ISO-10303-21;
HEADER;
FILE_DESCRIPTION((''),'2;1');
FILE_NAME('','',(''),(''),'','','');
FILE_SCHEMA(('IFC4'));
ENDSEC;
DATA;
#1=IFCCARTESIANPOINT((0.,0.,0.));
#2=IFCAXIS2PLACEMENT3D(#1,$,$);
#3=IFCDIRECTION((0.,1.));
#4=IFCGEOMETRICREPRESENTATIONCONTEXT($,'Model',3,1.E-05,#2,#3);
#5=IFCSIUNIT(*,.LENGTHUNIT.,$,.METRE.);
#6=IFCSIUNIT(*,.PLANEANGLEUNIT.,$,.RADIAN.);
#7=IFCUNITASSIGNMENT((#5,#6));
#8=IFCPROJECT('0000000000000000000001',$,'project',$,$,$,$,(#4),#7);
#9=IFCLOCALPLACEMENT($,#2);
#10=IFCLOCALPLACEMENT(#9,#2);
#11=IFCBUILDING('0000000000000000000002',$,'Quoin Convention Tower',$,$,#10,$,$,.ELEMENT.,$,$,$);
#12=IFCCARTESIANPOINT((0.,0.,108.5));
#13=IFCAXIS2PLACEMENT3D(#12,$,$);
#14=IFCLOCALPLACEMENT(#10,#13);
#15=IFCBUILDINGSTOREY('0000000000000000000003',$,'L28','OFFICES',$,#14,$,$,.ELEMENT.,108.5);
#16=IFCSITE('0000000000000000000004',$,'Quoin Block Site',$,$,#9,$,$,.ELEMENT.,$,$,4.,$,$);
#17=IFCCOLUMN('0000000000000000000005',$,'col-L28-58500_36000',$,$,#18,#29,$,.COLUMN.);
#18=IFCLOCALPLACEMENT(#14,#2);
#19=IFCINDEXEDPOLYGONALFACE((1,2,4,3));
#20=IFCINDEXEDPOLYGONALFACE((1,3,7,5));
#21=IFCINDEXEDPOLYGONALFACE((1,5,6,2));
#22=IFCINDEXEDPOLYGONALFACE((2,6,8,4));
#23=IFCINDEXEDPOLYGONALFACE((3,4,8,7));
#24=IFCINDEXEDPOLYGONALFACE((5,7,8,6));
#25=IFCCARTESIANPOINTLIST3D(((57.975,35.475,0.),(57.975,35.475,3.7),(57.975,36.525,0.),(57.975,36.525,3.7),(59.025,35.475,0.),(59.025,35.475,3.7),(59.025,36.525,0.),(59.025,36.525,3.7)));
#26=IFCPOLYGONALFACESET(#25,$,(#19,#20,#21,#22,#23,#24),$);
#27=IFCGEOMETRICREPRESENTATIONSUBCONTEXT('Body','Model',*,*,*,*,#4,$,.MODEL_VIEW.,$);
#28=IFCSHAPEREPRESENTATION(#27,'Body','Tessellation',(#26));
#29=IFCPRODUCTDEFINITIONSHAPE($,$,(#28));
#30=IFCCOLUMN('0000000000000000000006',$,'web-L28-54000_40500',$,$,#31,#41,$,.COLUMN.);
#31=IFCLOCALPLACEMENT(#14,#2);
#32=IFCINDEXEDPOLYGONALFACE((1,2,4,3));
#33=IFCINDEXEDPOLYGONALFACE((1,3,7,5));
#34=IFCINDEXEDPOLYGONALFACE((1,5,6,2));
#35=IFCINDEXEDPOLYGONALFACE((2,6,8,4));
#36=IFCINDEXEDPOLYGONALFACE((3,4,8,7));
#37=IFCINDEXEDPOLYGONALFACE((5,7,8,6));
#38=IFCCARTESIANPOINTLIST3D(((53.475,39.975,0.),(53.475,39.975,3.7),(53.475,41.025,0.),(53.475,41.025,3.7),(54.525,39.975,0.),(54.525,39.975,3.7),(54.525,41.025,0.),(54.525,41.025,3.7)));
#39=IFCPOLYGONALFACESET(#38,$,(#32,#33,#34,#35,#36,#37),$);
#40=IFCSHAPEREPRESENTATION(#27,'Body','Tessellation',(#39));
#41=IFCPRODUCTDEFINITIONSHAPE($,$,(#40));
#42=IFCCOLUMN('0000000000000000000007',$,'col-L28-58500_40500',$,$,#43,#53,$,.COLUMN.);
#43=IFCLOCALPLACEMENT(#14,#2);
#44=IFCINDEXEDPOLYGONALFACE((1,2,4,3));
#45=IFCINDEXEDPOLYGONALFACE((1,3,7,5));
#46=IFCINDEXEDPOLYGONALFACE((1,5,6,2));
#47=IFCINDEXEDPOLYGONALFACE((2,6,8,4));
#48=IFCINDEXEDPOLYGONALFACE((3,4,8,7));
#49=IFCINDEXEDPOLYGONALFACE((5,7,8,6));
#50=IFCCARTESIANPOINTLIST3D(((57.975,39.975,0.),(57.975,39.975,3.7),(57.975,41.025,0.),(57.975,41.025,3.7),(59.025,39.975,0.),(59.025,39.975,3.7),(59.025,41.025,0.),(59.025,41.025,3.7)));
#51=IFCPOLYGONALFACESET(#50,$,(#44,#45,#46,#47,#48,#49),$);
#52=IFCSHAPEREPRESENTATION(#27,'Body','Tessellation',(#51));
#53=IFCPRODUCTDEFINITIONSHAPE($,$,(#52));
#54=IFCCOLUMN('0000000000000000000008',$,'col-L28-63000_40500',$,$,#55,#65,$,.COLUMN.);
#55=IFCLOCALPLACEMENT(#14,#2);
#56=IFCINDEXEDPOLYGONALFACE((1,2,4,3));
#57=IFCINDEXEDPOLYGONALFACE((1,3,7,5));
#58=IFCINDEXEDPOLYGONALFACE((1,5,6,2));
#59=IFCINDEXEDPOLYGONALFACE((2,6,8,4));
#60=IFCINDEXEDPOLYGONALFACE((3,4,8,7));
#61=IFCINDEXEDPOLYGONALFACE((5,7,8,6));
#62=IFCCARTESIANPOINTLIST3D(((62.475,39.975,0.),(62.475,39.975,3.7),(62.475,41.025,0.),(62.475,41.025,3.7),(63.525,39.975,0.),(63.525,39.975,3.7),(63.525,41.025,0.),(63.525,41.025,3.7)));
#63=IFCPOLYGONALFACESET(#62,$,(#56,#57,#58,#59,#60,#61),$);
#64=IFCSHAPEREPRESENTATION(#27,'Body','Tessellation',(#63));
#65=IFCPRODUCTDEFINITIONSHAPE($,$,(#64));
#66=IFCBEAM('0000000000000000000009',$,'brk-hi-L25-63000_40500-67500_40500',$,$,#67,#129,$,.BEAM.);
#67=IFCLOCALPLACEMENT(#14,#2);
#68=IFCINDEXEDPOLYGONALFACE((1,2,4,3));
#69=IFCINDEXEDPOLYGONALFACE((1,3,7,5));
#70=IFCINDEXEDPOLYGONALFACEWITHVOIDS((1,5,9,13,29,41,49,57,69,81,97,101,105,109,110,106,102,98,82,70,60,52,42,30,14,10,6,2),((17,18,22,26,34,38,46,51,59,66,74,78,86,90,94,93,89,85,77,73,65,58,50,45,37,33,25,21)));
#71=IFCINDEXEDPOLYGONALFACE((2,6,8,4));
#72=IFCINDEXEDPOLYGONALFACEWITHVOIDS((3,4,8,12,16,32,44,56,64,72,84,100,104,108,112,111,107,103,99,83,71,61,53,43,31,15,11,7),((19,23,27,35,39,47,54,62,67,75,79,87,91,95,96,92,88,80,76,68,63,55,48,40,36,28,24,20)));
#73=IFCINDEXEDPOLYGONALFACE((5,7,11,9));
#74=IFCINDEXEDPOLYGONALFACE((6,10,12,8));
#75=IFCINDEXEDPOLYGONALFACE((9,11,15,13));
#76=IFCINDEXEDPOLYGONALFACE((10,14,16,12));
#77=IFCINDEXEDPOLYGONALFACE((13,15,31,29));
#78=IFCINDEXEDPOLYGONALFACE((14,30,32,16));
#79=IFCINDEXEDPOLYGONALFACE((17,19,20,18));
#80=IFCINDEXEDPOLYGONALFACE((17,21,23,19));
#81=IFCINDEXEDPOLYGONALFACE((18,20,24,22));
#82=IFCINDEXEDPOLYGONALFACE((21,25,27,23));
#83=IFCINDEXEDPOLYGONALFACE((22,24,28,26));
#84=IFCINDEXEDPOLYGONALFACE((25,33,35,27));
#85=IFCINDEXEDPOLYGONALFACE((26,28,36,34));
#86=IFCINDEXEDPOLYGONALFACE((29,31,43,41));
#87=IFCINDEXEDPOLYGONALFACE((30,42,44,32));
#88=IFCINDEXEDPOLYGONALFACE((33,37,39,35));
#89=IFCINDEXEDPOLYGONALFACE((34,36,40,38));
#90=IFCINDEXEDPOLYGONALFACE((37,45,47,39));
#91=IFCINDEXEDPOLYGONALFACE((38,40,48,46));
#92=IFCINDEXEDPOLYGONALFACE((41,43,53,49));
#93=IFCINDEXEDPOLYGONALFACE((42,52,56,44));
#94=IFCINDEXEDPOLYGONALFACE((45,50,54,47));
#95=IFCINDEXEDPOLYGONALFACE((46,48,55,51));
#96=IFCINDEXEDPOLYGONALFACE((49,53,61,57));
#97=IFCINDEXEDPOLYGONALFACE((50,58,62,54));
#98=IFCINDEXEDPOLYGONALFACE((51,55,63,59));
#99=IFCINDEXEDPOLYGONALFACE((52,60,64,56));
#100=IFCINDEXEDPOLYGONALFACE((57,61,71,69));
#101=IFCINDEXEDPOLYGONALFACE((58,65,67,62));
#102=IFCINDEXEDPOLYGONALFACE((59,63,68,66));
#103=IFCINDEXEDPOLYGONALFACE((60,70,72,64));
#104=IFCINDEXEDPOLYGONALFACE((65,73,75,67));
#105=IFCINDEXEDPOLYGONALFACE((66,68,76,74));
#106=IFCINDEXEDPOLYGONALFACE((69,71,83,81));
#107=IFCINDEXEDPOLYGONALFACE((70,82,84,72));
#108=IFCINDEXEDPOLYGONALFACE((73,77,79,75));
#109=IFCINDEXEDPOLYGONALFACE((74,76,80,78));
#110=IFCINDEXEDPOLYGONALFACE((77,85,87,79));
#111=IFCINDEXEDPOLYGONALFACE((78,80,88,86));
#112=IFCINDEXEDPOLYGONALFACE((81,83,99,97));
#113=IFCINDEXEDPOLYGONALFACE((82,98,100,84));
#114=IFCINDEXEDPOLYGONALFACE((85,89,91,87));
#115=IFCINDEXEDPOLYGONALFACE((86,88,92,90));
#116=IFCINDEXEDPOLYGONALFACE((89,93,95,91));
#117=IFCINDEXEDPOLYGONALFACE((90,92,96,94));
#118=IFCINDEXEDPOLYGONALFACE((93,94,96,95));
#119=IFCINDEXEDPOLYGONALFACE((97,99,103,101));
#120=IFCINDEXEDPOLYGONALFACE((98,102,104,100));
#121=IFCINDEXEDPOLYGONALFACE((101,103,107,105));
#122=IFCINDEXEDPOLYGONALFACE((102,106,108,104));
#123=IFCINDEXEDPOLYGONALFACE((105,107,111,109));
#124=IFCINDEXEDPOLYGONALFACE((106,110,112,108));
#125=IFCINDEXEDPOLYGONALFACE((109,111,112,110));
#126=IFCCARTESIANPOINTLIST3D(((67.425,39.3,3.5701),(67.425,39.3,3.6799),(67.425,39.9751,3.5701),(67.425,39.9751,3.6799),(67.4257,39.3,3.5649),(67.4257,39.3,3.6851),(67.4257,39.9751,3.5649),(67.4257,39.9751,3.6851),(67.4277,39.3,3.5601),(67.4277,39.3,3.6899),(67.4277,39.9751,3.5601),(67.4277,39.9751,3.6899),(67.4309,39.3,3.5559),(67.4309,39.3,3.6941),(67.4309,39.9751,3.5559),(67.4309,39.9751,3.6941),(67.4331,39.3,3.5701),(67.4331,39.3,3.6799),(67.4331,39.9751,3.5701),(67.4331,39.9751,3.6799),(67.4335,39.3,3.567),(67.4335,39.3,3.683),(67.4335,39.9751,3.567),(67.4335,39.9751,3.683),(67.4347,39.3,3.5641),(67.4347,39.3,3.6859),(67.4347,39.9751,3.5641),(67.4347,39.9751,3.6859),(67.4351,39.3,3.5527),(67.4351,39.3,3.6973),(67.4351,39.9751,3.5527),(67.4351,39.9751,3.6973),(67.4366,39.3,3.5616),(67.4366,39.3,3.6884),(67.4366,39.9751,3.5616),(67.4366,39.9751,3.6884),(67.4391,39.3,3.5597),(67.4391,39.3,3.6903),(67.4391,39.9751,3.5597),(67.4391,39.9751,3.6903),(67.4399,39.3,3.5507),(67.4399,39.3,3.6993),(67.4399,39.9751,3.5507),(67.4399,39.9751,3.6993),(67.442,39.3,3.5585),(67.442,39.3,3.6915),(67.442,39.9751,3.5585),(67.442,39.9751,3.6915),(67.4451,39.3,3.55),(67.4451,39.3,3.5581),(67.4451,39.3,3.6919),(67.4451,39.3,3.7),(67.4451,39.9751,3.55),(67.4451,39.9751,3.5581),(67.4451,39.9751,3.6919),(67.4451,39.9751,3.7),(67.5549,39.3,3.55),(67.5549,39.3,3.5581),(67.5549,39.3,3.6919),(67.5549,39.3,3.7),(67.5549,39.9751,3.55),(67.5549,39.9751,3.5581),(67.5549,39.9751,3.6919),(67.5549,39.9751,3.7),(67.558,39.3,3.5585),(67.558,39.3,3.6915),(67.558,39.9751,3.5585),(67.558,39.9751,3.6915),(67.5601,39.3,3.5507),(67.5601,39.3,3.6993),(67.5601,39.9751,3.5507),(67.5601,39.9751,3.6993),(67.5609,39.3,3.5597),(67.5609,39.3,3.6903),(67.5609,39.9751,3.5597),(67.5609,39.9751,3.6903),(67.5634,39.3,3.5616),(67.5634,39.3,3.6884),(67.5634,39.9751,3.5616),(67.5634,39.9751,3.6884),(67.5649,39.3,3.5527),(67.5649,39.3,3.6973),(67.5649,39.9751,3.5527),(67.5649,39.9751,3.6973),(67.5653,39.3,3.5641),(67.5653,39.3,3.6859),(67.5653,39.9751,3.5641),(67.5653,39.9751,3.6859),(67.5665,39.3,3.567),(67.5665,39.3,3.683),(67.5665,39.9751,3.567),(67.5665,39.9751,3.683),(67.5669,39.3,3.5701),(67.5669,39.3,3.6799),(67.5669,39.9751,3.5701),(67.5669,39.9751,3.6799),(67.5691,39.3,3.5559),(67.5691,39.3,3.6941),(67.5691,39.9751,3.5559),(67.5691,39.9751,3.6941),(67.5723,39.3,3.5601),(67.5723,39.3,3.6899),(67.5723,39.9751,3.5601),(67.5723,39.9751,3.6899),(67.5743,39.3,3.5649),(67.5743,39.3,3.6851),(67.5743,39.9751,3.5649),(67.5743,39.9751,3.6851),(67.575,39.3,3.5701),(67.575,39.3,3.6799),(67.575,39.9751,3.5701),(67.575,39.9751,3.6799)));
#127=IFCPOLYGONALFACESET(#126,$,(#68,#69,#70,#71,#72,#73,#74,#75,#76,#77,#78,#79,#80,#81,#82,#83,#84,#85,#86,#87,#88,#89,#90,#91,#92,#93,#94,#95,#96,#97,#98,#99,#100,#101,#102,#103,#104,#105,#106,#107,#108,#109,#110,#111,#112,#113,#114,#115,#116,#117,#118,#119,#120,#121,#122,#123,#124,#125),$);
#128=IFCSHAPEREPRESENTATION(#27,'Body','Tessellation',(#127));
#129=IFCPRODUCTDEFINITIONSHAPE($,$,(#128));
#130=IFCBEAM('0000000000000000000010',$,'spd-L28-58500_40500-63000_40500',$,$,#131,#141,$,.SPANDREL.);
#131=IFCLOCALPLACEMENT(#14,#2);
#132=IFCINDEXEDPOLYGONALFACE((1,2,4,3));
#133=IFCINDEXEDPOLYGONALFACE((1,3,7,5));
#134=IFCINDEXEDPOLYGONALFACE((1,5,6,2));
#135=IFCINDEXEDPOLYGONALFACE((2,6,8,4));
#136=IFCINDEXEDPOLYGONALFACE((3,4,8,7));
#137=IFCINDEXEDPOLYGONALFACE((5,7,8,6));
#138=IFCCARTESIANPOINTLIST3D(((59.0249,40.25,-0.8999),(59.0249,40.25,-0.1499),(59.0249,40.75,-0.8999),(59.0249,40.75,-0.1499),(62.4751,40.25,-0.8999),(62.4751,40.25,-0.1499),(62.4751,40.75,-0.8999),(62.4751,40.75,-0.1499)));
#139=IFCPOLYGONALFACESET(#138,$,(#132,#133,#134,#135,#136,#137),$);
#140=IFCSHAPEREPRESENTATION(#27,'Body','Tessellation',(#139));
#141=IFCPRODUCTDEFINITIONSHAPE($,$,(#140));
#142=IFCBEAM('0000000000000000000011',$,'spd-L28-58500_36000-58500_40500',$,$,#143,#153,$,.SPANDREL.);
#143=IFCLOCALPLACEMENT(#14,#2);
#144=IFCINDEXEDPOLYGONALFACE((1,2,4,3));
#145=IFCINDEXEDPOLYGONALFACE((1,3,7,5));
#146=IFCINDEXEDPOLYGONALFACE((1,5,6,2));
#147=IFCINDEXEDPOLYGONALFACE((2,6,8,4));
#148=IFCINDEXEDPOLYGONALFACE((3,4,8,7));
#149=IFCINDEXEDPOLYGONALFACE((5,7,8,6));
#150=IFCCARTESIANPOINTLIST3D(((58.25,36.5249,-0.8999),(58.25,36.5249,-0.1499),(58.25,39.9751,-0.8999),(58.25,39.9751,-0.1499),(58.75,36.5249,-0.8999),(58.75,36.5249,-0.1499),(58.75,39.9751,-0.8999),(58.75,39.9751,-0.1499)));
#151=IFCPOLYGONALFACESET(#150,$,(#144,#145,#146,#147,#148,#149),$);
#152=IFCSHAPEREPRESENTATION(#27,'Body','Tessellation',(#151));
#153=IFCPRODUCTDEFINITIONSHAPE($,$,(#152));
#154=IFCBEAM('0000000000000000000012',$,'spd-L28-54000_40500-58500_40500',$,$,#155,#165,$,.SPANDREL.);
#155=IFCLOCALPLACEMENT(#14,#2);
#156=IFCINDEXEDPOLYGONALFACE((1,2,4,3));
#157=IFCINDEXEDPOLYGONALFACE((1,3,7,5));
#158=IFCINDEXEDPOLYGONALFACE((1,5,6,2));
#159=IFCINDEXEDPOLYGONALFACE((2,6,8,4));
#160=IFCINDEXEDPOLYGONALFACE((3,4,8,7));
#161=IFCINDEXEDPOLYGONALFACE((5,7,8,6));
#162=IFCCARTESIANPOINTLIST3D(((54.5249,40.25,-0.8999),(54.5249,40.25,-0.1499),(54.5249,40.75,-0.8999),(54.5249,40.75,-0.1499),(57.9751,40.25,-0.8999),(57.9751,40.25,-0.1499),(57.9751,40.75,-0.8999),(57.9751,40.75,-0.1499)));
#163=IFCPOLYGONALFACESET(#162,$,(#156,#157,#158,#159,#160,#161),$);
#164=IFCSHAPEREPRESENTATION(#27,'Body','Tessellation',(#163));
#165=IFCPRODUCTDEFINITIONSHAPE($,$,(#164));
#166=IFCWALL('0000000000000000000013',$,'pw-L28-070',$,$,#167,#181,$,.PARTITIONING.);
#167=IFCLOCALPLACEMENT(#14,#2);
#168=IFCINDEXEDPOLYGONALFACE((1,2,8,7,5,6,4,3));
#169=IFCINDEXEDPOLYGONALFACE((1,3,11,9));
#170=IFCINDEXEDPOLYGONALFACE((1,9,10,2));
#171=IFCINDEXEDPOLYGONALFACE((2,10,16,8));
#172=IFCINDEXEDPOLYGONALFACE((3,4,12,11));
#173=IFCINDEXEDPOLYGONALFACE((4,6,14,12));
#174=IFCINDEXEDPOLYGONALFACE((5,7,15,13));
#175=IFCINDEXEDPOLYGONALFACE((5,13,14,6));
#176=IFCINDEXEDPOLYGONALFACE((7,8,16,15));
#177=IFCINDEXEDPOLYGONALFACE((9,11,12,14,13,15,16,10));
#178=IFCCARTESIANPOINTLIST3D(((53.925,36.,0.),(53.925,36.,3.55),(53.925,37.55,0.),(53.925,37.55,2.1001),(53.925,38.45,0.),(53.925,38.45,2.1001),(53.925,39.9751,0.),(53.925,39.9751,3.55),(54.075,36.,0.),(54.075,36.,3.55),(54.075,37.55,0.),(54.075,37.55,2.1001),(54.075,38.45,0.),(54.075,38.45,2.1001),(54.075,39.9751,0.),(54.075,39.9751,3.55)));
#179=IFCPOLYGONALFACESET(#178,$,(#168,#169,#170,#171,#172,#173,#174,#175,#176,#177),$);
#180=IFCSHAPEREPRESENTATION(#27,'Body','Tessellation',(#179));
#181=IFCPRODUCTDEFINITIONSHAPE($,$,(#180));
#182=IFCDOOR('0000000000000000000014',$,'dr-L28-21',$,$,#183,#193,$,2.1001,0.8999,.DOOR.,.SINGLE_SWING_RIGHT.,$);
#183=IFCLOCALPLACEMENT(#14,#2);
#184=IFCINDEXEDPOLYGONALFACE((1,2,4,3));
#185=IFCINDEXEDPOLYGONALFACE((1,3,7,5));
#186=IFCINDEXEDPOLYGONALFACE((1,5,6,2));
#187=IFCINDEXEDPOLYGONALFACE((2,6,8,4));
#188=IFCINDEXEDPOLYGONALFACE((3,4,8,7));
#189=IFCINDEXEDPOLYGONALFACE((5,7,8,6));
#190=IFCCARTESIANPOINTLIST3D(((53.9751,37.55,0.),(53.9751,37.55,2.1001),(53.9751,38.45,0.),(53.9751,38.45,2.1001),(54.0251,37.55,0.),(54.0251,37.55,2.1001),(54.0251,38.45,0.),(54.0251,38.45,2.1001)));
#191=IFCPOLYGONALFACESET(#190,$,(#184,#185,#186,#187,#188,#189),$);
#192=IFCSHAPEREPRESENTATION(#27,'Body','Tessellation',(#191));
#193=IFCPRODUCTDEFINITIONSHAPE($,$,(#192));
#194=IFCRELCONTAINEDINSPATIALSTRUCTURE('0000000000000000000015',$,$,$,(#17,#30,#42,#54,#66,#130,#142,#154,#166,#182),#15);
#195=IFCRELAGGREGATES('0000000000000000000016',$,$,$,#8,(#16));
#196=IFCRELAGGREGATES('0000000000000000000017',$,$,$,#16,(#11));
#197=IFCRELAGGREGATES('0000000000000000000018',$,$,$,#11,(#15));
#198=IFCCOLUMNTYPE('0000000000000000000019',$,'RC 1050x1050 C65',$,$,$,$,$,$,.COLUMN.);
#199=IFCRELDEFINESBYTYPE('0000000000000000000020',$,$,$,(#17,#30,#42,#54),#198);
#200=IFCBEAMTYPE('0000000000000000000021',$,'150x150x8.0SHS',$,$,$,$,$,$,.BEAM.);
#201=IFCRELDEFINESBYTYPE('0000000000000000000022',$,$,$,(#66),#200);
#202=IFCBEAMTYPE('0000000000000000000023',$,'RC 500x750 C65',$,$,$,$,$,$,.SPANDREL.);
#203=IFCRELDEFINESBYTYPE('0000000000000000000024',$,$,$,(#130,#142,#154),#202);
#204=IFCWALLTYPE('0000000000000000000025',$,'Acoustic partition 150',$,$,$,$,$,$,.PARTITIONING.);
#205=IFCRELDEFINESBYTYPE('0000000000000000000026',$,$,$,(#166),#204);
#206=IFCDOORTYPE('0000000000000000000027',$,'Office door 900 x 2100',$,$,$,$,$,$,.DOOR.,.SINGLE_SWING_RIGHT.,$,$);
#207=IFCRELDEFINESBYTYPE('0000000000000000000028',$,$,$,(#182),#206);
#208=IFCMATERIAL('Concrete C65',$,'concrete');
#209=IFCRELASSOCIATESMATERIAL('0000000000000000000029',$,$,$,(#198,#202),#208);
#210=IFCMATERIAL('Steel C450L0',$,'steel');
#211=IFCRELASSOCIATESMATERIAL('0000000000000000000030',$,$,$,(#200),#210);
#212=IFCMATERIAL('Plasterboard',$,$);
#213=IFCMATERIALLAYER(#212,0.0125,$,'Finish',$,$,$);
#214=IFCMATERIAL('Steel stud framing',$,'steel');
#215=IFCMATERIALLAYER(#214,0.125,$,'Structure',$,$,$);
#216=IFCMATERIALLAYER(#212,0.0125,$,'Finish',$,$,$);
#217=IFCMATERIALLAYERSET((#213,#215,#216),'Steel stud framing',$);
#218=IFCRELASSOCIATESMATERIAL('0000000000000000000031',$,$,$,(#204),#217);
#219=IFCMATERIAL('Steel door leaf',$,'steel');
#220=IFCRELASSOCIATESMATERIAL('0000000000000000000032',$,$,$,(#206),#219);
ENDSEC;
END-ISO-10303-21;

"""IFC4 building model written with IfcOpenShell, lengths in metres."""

from ifc_helpers import new_model, si_unit, direction, frame, frame_2d, origin, origin_2d, place, context, subcontext, project, spatial, rectangle, hollow_rectangle, extrude, material, layer, layer_set, material_profile, profile_set, type_object, element, fill, save


model = new_model("IFC4")

# Units and contexts
model_context = context("Model", 3, precision=1e-05, world=origin(), true_north=direction((0.0, 1.0)))
body_context = subcontext(model_context, "Body", "Model", "MODEL_VIEW")
ifc_project = project(units=[si_unit("LENGTHUNIT", "METRE"), si_unit("PLANEANGLEUNIT", "RADIAN")], contexts=[model_context])

# Site, building, storey
site_placement = place(None, origin())
site = spatial("IfcSite", under=ifc_project, at=site_placement, Name="Quoin Block Site", CompositionType="ELEMENT", RefElevation=4.0)
building_placement = place(site_placement, origin())
building = spatial("IfcBuilding", under=site, at=building_placement, Name="Quoin Convention Tower", CompositionType="ELEMENT")
storey_placement = place(building_placement, frame((0.0, 0.0, 108.5)))
storey = spatial("IfcBuildingStorey", under=building, at=storey_placement, Name="L28", Description="OFFICES", CompositionType="ELEMENT", Elevation=108.5)

# Columns
ifc_material_1 = material(Name="Concrete C65", Category="concrete")
ifc_material_profile_1 = material_profile(ifc_material_1, rectangle(XDim=1.05, YDim=1.05, at=origin_2d()), Name="RC 1050x1050")
ifc_profile_set_1 = profile_set([ifc_material_profile_1], Name="Concrete C65")
column_type = type_object("IfcColumnType", Name="RC 1050x1050 C65", PredefinedType="COLUMN", material=ifc_profile_set_1)
for number, where, z_axis, x_axis, name in (
    (1, (58.5, 36.0, 0.0), (0.0, 0.0, 1.0), (1.0, 0.0, 0.0), "col-L28-58500_36000"),
    (2, (54.0, 40.5, 0.0), (0.0, 0.0, 1.0), (1.0, 0.0, 0.0), "web-L28-54000_40500"),
    (3, (58.5, 40.5, 0.0), (0.0, 0.0, 1.0), (1.0, 0.0, 0.0), "col-L28-58500_40500"),
    (4, (63.0, 40.5, 0.0), (0.0, 0.0, 1.0), (1.0, 0.0, 0.0), "col-L28-63000_40500"),
):
    element("IfcColumn", number, at=place(storey_placement, frame(where, z_axis=z_axis, x_axis=x_axis)), inside=storey, type_object=column_type, Name=name, PredefinedType="COLUMN", context=body_context, shape_type="SweptSolid", body=[
        extrude(rectangle(XDim=1.05, YDim=1.05, at=origin_2d()), origin(), (0.0, 0.0, 1.0), 3.7),
    ])

# Beams
ifc_material_2 = material(Name="Steel C450L0", Category="steel")
ifc_material_profile_2 = material_profile(ifc_material_2, hollow_rectangle(XDim=0.1499, YDim=0.1499, WallThickness=0.0081, InnerFilletRadius=0.012, OuterFilletRadius=0.02, at=origin_2d()), Name="150x150x8.0SHS")
ifc_profile_set_2 = profile_set([ifc_material_profile_2], Name="Steel C450L0")
beam_type_1 = type_object("IfcBeamType", Name="150x150x8.0SHS", PredefinedType="BEAM", material=ifc_profile_set_2)
beam_placement = place(storey_placement, frame((67.5, 39.9751, 3.625), z_axis=(0.0, -1.0, 0.0), x_axis=(1.0, 0.0, 0.0)))
element("IfcBeam", 5, at=beam_placement, inside=storey, type_object=beam_type_1, Name="brk-hi-L25-63000_40500-67500_40500", PredefinedType="BEAM", context=body_context, shape_type="SweptSolid", body=[
    extrude(hollow_rectangle(XDim=0.1499, YDim=0.1499, WallThickness=0.0081, InnerFilletRadius=0.012, OuterFilletRadius=0.02, at=origin_2d()), origin(), (0.0, 0.0, 1.0), 0.675),
])
ifc_material_profile_3 = material_profile(ifc_material_1, rectangle(XDim=0.5, YDim=0.75, at=origin_2d()), Name="RC 500x750")
ifc_profile_set_3 = profile_set([ifc_material_profile_3], Name="Concrete C65")
beam_type_2 = type_object("IfcBeamType", Name="RC 500x750 C65", PredefinedType="SPANDREL", material=ifc_profile_set_3)
for number, where, z_axis, x_axis, name in (
    (6, (59.0249, 40.5, -0.5249), (1.0, 0.0, 0.0), (0.0, 1.0, 0.0), "spd-L28-58500_40500-63000_40500"),
    (7, (58.5, 36.5249, -0.5249), (0.0, 1.0, 0.0), (-1.0, 0.0, 0.0), "spd-L28-58500_36000-58500_40500"),
    (8, (54.5249, 40.5, -0.5249), (1.0, 0.0, 0.0), (0.0, 1.0, 0.0), "spd-L28-54000_40500-58500_40500"),
):
    element("IfcBeam", number, at=place(storey_placement, frame(where, z_axis=z_axis, x_axis=x_axis)), inside=storey, type_object=beam_type_2, Name=name, PredefinedType="SPANDREL", context=body_context, shape_type="SweptSolid", body=[
        extrude(rectangle(XDim=0.5, YDim=0.75, at=origin_2d()), origin(), (0.0, 0.0, 1.0), 3.4502),
    ])

# Wall, opening, door
ifc_material_3 = material(Name="Plasterboard")
ifc_layer_1 = layer(ifc_material_3, 0.0125, Name="Finish")
ifc_material_4 = material(Name="Steel stud framing", Category="steel")
ifc_layer_2 = layer(ifc_material_4, 0.125, Name="Structure")
ifc_layer_3 = layer(ifc_material_3, 0.0125, Name="Finish")
ifc_layer_set_1 = layer_set([ifc_layer_1, ifc_layer_2, ifc_layer_3], Name="Steel stud framing")
wall_type_1 = type_object("IfcWallType", Name="Acoustic partition 150", PredefinedType="PARTITIONING", material=ifc_layer_set_1)
wall_1_placement = place(storey_placement, frame((54.0, 36.0, 0.0), z_axis=(0.0, 0.0, 1.0), x_axis=(0.0, 1.0, 0.0)))
wall_1 = element("IfcWall", 9, at=wall_1_placement, inside=storey, type_object=wall_type_1, Name="pw-L28-070", PredefinedType="PARTITIONING", context=body_context, shape_type="SweptSolid", body=[
    extrude(rectangle(XDim=3.9751, YDim=0.1499, at=frame_2d((1.9875, 0.0))), origin(), (0.0, 0.0, 1.0), 3.55),
])
opening_1_placement = place(wall_1_placement, frame((1.55, 0.0, 0.0)))
opening_1 = element("IfcOpeningElement", 10, at=opening_1_placement, cuts=wall_1, PredefinedType="OPENING", context=body_context, shape_type="SweptSolid", body=[
    extrude(rectangle(XDim=0.8999, YDim=2.1001, at=frame_2d((0.45, 1.05))), frame((0.0, 0.085, 0.0), z_axis=(0.0, -1.0, 0.0), x_axis=(1.0, 0.0, 0.0)), (0.0, 0.0, 1.0), 0.1699),
])
ifc_material_5 = material(Name="Steel door leaf", Category="steel")
door_type = type_object("IfcDoorType", Name="Office door 900 x 2100", OperationType="SINGLE_SWING_RIGHT", PredefinedType="DOOR", material=ifc_material_5)
door_placement = place(opening_1_placement, origin())
door = element("IfcDoor", 11, at=door_placement, inside=storey, type_object=door_type, Name="dr-L28-21", OperationType="SINGLE_SWING_RIGHT", OverallHeight=2.1001, OverallWidth=0.8999, PredefinedType="DOOR", context=body_context, shape_type="SweptSolid", body=[
    extrude(rectangle(XDim=0.8999, YDim=2.1001, at=frame_2d((0.45, 1.05))), frame((0.0, 0.0249, 0.0), z_axis=(0.0, -1.0, 0.0), x_axis=(1.0, 0.0, 0.0)), (0.0, 0.0, 1.0), 0.05),
])
fill(opening_1, door)

save(model, "model.ifc")
